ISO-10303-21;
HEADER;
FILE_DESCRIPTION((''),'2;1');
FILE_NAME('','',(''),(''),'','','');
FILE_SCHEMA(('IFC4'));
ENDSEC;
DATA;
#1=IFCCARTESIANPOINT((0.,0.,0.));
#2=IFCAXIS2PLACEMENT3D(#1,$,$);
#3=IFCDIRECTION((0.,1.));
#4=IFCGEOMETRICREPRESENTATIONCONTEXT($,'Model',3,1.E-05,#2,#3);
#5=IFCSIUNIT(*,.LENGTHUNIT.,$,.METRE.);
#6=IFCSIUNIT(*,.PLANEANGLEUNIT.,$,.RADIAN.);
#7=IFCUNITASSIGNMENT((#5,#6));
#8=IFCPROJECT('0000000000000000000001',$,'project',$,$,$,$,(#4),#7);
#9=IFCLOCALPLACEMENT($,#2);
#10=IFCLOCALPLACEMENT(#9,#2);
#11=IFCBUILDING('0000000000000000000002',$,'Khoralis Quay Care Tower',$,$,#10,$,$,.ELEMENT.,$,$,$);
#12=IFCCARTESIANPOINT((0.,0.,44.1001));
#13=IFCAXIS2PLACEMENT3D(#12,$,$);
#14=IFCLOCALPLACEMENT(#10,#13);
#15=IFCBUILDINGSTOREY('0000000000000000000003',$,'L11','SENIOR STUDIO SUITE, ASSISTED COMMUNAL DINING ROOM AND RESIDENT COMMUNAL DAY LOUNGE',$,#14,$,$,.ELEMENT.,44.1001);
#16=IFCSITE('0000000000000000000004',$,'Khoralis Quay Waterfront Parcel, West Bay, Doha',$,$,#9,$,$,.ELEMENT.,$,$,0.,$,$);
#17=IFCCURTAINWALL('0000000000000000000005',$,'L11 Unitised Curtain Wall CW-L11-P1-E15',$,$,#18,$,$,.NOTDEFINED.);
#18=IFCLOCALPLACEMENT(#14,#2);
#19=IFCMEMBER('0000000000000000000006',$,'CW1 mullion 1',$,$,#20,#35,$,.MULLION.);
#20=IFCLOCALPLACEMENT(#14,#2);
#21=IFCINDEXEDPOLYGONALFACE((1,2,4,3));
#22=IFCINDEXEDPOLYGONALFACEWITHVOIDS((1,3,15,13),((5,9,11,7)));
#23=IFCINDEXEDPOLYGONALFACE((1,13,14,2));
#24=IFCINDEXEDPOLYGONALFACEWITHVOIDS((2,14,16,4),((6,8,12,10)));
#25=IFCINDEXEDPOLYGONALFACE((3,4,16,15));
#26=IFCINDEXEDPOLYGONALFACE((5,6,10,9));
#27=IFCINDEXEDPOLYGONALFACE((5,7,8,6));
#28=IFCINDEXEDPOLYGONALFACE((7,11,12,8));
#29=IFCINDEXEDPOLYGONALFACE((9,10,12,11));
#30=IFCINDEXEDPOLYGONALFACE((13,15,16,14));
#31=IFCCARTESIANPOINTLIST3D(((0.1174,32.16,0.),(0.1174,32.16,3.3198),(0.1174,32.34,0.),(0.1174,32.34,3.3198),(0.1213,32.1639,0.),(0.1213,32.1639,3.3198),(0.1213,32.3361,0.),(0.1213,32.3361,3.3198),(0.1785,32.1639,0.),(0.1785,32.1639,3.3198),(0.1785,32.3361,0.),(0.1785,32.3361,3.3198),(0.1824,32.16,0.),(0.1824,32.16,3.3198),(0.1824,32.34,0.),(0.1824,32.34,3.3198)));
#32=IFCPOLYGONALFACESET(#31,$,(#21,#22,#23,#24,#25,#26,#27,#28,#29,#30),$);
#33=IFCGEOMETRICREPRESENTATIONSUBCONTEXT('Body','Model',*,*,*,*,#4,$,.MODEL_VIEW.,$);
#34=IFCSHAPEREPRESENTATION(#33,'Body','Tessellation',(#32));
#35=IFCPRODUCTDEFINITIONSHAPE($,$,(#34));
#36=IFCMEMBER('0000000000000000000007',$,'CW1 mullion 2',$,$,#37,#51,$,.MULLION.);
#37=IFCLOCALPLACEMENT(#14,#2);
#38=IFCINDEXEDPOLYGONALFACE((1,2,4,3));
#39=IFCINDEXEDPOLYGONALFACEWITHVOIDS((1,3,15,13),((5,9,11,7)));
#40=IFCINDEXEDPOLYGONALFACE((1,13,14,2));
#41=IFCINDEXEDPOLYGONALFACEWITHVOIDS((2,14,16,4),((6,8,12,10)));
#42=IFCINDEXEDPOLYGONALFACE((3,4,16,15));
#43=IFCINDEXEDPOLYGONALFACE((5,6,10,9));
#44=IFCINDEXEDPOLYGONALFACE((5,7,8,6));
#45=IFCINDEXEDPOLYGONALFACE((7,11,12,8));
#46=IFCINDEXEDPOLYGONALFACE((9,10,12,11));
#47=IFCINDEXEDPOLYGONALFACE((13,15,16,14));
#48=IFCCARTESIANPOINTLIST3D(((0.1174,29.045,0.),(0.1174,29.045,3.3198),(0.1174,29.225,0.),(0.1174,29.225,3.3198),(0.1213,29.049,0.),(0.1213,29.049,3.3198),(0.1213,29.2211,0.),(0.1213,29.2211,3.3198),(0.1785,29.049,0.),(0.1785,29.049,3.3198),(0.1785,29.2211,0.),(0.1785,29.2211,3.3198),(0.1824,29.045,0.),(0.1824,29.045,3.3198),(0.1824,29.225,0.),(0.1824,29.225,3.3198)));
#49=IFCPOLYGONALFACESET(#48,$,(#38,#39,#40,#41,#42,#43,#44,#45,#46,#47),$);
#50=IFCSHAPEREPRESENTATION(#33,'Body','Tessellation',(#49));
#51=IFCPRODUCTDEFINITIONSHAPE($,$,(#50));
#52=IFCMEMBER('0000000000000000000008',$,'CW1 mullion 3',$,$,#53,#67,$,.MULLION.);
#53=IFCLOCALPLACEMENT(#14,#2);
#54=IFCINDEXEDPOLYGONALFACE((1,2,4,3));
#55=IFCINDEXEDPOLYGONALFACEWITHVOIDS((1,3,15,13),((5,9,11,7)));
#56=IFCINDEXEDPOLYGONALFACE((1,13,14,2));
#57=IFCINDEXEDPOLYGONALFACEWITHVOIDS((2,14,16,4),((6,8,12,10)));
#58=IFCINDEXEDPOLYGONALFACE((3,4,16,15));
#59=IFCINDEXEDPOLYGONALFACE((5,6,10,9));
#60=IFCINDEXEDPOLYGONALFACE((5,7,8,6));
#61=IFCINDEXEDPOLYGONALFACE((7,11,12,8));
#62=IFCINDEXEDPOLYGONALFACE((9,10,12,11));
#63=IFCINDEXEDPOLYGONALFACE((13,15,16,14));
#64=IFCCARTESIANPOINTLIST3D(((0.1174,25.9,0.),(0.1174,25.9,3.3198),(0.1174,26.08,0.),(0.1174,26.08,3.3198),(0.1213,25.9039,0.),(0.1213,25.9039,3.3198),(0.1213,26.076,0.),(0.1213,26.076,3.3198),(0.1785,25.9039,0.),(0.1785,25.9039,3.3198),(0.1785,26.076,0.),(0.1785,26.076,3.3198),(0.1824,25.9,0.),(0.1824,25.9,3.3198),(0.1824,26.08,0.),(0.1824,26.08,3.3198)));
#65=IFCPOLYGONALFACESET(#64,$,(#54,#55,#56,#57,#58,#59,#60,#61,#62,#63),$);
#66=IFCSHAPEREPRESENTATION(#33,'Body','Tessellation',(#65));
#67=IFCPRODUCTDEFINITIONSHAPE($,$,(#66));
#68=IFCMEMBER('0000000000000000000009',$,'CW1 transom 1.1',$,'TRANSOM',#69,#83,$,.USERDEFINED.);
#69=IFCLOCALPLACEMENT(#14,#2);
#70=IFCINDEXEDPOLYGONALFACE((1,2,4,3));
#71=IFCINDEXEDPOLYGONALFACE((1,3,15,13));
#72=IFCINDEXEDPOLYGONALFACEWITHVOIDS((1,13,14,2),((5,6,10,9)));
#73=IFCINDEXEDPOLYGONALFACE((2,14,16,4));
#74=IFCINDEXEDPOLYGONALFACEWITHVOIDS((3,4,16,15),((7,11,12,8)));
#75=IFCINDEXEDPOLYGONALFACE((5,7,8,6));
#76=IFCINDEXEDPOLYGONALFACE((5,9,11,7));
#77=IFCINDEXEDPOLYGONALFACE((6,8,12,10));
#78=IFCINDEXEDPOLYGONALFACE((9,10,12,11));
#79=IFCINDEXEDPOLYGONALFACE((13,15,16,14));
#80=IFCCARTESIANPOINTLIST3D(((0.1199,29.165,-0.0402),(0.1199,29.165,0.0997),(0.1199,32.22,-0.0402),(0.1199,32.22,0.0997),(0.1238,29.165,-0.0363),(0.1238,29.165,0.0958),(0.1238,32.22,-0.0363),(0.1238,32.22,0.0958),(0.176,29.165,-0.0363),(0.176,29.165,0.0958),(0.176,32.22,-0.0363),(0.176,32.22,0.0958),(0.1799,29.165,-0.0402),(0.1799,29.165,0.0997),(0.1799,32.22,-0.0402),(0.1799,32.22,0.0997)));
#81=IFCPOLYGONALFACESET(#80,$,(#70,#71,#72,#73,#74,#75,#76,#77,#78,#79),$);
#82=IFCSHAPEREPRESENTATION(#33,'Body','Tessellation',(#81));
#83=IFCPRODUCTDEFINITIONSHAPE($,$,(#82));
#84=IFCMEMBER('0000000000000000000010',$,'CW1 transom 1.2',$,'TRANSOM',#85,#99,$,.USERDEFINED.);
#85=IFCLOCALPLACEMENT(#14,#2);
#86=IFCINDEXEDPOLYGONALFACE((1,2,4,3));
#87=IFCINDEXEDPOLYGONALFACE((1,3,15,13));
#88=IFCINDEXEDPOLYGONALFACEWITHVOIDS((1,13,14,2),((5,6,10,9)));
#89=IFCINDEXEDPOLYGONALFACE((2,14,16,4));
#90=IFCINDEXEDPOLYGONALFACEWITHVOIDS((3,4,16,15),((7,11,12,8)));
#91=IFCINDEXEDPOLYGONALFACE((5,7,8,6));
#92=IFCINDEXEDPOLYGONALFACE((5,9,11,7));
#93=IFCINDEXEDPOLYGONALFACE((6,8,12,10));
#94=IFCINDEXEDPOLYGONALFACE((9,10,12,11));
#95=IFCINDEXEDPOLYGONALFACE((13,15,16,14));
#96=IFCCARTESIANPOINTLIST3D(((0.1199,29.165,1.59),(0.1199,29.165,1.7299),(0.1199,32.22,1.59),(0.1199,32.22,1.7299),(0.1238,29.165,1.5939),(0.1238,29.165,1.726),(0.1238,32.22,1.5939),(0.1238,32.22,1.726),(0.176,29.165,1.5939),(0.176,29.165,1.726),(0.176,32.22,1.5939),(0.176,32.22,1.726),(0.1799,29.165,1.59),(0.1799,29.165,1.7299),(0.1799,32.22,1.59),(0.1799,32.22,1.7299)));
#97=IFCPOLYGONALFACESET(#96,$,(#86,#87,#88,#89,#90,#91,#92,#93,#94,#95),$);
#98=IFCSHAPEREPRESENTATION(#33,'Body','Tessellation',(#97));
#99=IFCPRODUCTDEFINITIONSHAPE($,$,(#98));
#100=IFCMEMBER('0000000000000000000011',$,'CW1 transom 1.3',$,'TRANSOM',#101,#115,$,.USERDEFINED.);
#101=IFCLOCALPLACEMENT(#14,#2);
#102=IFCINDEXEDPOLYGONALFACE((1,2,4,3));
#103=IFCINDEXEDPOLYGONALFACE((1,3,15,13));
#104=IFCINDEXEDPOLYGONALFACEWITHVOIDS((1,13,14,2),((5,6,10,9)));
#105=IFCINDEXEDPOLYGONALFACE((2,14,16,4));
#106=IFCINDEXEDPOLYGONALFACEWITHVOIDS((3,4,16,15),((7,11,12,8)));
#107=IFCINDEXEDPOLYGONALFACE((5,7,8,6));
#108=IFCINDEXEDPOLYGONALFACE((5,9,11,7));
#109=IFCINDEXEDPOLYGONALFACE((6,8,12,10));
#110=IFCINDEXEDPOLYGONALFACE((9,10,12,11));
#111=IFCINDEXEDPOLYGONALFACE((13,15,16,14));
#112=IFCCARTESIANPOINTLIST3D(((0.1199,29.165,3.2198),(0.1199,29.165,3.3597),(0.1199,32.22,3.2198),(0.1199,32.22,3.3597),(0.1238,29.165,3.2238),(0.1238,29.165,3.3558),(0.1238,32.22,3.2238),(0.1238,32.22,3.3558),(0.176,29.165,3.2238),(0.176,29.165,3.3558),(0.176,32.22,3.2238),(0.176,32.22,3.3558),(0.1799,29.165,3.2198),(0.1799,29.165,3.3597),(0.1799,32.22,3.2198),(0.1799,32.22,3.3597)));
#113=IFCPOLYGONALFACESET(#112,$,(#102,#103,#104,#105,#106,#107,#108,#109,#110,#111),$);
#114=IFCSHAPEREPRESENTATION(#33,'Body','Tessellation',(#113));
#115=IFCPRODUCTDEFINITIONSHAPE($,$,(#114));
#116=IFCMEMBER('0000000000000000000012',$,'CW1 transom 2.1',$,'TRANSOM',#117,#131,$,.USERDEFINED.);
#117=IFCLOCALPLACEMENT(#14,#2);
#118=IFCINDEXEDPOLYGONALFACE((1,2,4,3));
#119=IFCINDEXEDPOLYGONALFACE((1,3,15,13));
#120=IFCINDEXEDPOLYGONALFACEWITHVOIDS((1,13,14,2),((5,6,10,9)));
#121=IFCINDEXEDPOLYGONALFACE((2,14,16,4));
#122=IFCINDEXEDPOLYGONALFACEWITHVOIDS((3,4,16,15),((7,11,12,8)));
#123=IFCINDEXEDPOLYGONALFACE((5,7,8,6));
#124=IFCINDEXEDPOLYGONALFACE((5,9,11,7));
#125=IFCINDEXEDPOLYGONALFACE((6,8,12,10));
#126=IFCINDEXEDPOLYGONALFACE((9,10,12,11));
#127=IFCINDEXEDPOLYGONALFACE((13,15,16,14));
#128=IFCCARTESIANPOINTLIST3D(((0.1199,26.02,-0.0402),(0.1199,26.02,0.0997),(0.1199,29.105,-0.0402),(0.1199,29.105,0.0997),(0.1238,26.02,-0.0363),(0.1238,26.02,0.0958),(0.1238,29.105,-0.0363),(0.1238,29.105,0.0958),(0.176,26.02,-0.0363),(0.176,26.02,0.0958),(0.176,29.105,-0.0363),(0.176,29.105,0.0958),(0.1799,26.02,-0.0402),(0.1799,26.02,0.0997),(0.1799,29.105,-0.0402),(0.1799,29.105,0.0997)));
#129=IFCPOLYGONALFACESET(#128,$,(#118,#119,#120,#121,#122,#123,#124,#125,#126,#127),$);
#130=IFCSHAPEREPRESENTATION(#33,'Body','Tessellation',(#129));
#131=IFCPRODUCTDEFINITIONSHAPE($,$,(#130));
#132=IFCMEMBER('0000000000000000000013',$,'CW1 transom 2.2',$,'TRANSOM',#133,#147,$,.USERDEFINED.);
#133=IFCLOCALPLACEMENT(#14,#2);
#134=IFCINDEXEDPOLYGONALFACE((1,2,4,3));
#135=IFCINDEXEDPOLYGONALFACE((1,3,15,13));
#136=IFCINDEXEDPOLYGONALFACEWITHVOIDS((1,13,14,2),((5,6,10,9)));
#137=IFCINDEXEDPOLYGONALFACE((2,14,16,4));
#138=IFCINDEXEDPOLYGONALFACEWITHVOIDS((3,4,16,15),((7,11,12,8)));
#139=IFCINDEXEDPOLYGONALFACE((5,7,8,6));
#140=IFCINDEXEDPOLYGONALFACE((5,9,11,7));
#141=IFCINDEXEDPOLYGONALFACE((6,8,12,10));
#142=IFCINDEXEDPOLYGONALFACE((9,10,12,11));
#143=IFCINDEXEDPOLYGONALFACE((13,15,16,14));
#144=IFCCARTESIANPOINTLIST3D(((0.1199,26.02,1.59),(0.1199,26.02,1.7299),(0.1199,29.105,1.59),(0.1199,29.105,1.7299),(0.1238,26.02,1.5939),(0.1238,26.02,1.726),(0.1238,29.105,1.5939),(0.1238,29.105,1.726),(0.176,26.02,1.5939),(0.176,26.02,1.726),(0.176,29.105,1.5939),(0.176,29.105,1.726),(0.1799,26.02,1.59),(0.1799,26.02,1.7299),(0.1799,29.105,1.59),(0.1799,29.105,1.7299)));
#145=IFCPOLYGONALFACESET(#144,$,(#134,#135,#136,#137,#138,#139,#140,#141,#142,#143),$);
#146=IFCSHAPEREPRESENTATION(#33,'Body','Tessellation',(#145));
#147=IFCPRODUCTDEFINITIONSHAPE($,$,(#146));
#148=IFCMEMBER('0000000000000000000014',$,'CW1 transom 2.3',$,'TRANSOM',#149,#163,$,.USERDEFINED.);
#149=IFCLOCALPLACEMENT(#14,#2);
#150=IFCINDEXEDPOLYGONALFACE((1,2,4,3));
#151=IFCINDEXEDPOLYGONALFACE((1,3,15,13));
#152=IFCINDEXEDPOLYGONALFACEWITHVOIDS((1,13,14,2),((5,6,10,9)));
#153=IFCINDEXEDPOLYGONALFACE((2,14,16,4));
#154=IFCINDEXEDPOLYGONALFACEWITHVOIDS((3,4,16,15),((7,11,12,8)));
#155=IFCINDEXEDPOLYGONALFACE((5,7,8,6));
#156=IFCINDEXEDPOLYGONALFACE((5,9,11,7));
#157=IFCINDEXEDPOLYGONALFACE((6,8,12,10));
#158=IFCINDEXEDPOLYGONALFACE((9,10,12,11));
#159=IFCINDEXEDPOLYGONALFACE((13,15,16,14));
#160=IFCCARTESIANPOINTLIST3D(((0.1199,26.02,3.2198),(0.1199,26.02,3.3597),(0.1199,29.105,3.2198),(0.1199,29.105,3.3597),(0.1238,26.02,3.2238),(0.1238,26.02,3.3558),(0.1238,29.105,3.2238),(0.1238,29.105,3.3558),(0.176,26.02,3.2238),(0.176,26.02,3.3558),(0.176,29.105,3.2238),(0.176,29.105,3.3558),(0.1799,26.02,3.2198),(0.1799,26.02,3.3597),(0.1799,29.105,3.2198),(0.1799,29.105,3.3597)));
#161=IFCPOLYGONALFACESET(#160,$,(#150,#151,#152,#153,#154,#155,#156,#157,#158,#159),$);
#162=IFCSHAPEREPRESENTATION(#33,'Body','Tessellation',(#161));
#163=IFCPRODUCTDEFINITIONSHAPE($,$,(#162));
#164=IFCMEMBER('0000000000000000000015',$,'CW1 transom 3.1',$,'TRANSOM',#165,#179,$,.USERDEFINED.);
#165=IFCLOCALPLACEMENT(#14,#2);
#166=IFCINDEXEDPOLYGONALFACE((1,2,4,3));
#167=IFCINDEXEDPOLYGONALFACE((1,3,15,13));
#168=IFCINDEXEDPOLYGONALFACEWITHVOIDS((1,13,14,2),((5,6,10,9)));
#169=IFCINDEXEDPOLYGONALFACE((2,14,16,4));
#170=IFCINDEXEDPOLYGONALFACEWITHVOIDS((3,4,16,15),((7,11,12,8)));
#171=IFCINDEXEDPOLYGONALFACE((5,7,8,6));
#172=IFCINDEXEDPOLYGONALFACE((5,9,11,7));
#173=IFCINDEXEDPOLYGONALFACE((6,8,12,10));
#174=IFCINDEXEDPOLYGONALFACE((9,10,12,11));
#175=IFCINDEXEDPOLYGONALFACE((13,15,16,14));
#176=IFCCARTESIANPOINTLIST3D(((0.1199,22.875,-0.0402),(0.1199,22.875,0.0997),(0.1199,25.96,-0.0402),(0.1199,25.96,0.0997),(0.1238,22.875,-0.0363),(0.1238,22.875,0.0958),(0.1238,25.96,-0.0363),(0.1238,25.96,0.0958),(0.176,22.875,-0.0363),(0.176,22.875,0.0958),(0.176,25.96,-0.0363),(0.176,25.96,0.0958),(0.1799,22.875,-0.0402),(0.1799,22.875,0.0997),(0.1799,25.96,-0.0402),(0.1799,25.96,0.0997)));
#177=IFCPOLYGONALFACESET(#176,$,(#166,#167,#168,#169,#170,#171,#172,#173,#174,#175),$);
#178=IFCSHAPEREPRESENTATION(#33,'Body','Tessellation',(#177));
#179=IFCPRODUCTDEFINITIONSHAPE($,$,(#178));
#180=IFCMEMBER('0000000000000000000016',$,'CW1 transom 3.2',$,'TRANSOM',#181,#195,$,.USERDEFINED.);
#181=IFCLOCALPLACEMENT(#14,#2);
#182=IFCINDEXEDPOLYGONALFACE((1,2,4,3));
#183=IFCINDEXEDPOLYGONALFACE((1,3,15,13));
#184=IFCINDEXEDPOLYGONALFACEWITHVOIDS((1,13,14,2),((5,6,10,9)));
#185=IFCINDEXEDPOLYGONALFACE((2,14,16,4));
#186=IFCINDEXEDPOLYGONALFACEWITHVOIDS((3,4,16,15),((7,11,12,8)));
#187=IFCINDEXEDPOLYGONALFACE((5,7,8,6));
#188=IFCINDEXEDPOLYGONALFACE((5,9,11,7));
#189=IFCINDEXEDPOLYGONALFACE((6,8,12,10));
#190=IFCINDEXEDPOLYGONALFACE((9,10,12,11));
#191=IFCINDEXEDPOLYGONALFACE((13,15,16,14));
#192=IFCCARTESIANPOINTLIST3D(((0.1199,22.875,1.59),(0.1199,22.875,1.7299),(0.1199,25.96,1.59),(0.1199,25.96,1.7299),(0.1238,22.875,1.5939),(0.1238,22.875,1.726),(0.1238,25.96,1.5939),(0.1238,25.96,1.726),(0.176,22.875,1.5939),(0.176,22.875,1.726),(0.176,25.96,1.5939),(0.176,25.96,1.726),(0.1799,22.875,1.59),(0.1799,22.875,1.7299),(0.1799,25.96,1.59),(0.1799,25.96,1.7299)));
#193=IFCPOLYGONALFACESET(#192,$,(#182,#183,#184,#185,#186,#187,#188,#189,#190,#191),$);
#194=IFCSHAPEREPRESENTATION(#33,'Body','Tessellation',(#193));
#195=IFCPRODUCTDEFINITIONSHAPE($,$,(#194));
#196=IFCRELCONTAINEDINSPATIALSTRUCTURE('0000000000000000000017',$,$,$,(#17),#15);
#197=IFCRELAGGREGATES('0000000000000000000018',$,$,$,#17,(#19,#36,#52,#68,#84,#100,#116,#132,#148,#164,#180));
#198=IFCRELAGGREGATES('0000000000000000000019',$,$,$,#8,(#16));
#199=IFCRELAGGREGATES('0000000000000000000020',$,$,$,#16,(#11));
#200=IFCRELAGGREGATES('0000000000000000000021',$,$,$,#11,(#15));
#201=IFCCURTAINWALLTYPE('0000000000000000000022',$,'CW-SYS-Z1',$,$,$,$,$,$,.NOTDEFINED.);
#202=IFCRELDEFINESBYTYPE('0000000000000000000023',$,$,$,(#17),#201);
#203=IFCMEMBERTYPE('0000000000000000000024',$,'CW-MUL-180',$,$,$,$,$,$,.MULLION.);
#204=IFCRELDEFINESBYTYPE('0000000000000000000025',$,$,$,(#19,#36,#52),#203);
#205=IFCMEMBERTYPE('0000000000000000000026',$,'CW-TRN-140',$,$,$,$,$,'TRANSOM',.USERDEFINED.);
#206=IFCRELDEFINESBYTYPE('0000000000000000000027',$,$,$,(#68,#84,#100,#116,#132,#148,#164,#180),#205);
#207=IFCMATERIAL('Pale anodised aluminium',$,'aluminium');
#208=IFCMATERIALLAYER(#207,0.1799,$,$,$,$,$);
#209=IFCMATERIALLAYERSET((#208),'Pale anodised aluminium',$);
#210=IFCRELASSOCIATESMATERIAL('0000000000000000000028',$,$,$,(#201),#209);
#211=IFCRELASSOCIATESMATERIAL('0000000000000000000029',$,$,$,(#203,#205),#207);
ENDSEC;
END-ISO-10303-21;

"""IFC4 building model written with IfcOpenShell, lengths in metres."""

from ifc_helpers import new_model, si_unit, direction, frame, origin, origin_2d, place, context, subcontext, project, spatial, hollow_rectangle, extrude, source, transform, mapped, material, layer, layer_set, material_profile, profile_set, type_object, element, aggregate, save


model = new_model("IFC4")

# Units and contexts
model_context = context("Model", 3, precision=1e-05, world=origin(), true_north=direction((0.0, 1.0)))
body_context = subcontext(model_context, "Body", "Model", "MODEL_VIEW")
ifc_project = project(units=[si_unit("LENGTHUNIT", "METRE"), si_unit("PLANEANGLEUNIT", "RADIAN")], contexts=[model_context])

# Site, building, storey
site_placement = place(None, origin())
site = spatial("IfcSite", under=ifc_project, at=site_placement, Name="Khoralis Quay Waterfront Parcel, West Bay, Doha", CompositionType="ELEMENT", RefElevation=0.0)
building_placement = place(site_placement, origin())
building = spatial("IfcBuilding", under=site, at=building_placement, Name="Khoralis Quay Care Tower", CompositionType="ELEMENT")
storey_placement = place(building_placement, frame((0.0, 0.0, 44.1001)))
storey = spatial("IfcBuildingStorey", under=building, at=storey_placement, Name="L11", Description="SENIOR STUDIO SUITE, ASSISTED COMMUNAL DINING ROOM AND RESIDENT COMMUNAL DAY LOUNGE", CompositionType="ELEMENT", Elevation=44.1001)

# Curtain wall, members
ifc_material_1 = material(Name="Pale anodised aluminium", Category="aluminium")
ifc_layer_1 = layer(ifc_material_1, 0.1799)
ifc_layer_set_1 = layer_set([ifc_layer_1], Name="Pale anodised aluminium")
curtain_wall_type = type_object("IfcCurtainWallType", Name="CW-SYS-Z1", PredefinedType="NOTDEFINED", material=ifc_layer_set_1)
curtain_wall_placement = place(storey_placement, origin())
curtain_wall = element("IfcCurtainWall", 1, at=curtain_wall_placement, inside=storey, type_object=curtain_wall_type, Name="L11 Unitised Curtain Wall CW-L11-P1-E15", PredefinedType="NOTDEFINED")
ifc_material_profile_1 = material_profile(ifc_material_1, hollow_rectangle(XDim=0.0649, YDim=0.1799, WallThickness=0.0039, at=origin_2d()), Name="Pale anodised aluminium")
ifc_profile_set_1 = profile_set([ifc_material_profile_1], Name="Pale anodised aluminium")
member_type_1 = type_object("IfcMemberType", Name="CW-MUL-180", PredefinedType="MULLION", material=ifc_profile_set_1)
shared_shape_1 = source(origin(), body_context, "Body", "SweptSolid", [
    extrude(hollow_rectangle(XDim=0.0649, YDim=0.1799, WallThickness=0.0039, at=origin_2d()), origin(), (0.0, 0.0, 1.0), 3.3198),
])
member_1_placement = place(storey_placement, frame((0.1499, 32.25, 0.0), z_axis=(0.0, 0.0, 1.0), x_axis=(1.0, 0.0, 0.0)))
member_1 = element("IfcMember", 2, at=member_1_placement, type_object=member_type_1, Name="CW1 mullion 1", PredefinedType="MULLION", context=body_context, shape_type="MappedRepresentation", body=[
    mapped(shared_shape_1, transform((0.0, 0.0, 0.0), scale=1.0)),
])
member_2_placement = place(storey_placement, frame((0.1499, 29.135, 0.0), z_axis=(0.0, 0.0, 1.0), x_axis=(1.0, 0.0, 0.0)))
member_2 = element("IfcMember", 3, at=member_2_placement, type_object=member_type_1, Name="CW1 mullion 2", PredefinedType="MULLION", context=body_context, shape_type="MappedRepresentation", body=[
    mapped(shared_shape_1, transform((0.0, 0.0, 0.0), scale=1.0)),
])
member_3_placement = place(storey_placement, frame((0.1499, 25.99, 0.0), z_axis=(0.0, 0.0, 1.0), x_axis=(1.0, 0.0, 0.0)))
member_3 = element("IfcMember", 4, at=member_3_placement, type_object=member_type_1, Name="CW1 mullion 3", PredefinedType="MULLION", context=body_context, shape_type="MappedRepresentation", body=[
    mapped(shared_shape_1, transform((0.0, 0.0, 0.0), scale=1.0)),
])
ifc_material_profile_2 = material_profile(ifc_material_1, hollow_rectangle(XDim=0.0601, YDim=0.1399, WallThickness=0.0039, at=origin_2d()), Name="Pale anodised aluminium")
ifc_profile_set_2 = profile_set([ifc_material_profile_2], Name="Pale anodised aluminium")
member_type_2 = type_object("IfcMemberType", Name="CW-TRN-140", ElementType="TRANSOM", PredefinedType="USERDEFINED", material=ifc_profile_set_2)
shared_shape_2 = source(origin(), body_context, "Body", "SweptSolid", [
    extrude(hollow_rectangle(XDim=0.0601, YDim=0.1399, WallThickness=0.0039, at=origin_2d()), origin(), (0.0, 0.0, 1.0), 3.0549),
])
member_4_placement = place(storey_placement, frame((0.1499, 32.22, 0.0298), z_axis=(0.0, -1.0, 0.0), x_axis=(1.0, 0.0, 0.0)))
member_4 = element("IfcMember", 5, at=member_4_placement, type_object=member_type_2, Name="CW1 transom 1.1", ObjectType="TRANSOM", PredefinedType="USERDEFINED", context=body_context, shape_type="MappedRepresentation", body=[
    mapped(shared_shape_2, transform((0.0, 0.0, 0.0), scale=1.0)),
])
member_5_placement = place(storey_placement, frame((0.1499, 32.22, 1.6599), z_axis=(0.0, -1.0, 0.0), x_axis=(1.0, 0.0, 0.0)))
member_5 = element("IfcMember", 6, at=member_5_placement, type_object=member_type_2, Name="CW1 transom 1.2", ObjectType="TRANSOM", PredefinedType="USERDEFINED", context=body_context, shape_type="MappedRepresentation", body=[
    mapped(shared_shape_2, transform((0.0, 0.0, 0.0), scale=1.0)),
])
member_6_placement = place(storey_placement, frame((0.1499, 32.22, 3.2898), z_axis=(0.0, -1.0, 0.0), x_axis=(1.0, 0.0, 0.0)))
member_6 = element("IfcMember", 7, at=member_6_placement, type_object=member_type_2, Name="CW1 transom 1.3", ObjectType="TRANSOM", PredefinedType="USERDEFINED", context=body_context, shape_type="MappedRepresentation", body=[
    mapped(shared_shape_2, transform((0.0, 0.0, 0.0), scale=1.0)),
])
shared_shape_3 = source(origin(), body_context, "Body", "SweptSolid", [
    extrude(hollow_rectangle(XDim=0.0601, YDim=0.1399, WallThickness=0.0039, at=origin_2d()), origin(), (0.0, 0.0, 1.0), 3.085),
])
member_7_placement = place(storey_placement, frame((0.1499, 29.105, 0.0298), z_axis=(0.0, -1.0, 0.0), x_axis=(1.0, 0.0, 0.0)))
member_7 = element("IfcMember", 8, at=member_7_placement, type_object=member_type_2, Name="CW1 transom 2.1", ObjectType="TRANSOM", PredefinedType="USERDEFINED", context=body_context, shape_type="MappedRepresentation", body=[
    mapped(shared_shape_3, transform((0.0, 0.0, 0.0), scale=1.0)),
])
member_8_placement = place(storey_placement, frame((0.1499, 29.105, 1.6599), z_axis=(0.0, -1.0, 0.0), x_axis=(1.0, 0.0, 0.0)))
member_8 = element("IfcMember", 9, at=member_8_placement, type_object=member_type_2, Name="CW1 transom 2.2", ObjectType="TRANSOM", PredefinedType="USERDEFINED", context=body_context, shape_type="MappedRepresentation", body=[
    mapped(shared_shape_3, transform((0.0, 0.0, 0.0), scale=1.0)),
])
member_9_placement = place(storey_placement, frame((0.1499, 29.105, 3.2898), z_axis=(0.0, -1.0, 0.0), x_axis=(1.0, 0.0, 0.0)))
member_9 = element("IfcMember", 10, at=member_9_placement, type_object=member_type_2, Name="CW1 transom 2.3", ObjectType="TRANSOM", PredefinedType="USERDEFINED", context=body_context, shape_type="MappedRepresentation", body=[
    mapped(shared_shape_3, transform((0.0, 0.0, 0.0), scale=1.0)),
])
member_10_placement = place(storey_placement, frame((0.1499, 25.96, 0.0298), z_axis=(0.0, -1.0, 0.0), x_axis=(1.0, 0.0, 0.0)))
member_10 = element("IfcMember", 11, at=member_10_placement, type_object=member_type_2, Name="CW1 transom 3.1", ObjectType="TRANSOM", PredefinedType="USERDEFINED", context=body_context, shape_type="MappedRepresentation", body=[
    mapped(shared_shape_3, transform((0.0, 0.0, 0.0), scale=1.0)),
])
member_11_placement = place(storey_placement, frame((0.1499, 25.96, 1.6599), z_axis=(0.0, -1.0, 0.0), x_axis=(1.0, 0.0, 0.0)))
member_11 = element("IfcMember", 12, at=member_11_placement, type_object=member_type_2, Name="CW1 transom 3.2", ObjectType="TRANSOM", PredefinedType="USERDEFINED", context=body_context, shape_type="MappedRepresentation", body=[
    mapped(shared_shape_3, transform((0.0, 0.0, 0.0), scale=1.0)),
])
aggregate(curtain_wall, [member_1, member_2, member_3, member_4, member_5, member_6, member_7, member_8, member_9, member_10, member_11])

save(model, "model.ifc")
